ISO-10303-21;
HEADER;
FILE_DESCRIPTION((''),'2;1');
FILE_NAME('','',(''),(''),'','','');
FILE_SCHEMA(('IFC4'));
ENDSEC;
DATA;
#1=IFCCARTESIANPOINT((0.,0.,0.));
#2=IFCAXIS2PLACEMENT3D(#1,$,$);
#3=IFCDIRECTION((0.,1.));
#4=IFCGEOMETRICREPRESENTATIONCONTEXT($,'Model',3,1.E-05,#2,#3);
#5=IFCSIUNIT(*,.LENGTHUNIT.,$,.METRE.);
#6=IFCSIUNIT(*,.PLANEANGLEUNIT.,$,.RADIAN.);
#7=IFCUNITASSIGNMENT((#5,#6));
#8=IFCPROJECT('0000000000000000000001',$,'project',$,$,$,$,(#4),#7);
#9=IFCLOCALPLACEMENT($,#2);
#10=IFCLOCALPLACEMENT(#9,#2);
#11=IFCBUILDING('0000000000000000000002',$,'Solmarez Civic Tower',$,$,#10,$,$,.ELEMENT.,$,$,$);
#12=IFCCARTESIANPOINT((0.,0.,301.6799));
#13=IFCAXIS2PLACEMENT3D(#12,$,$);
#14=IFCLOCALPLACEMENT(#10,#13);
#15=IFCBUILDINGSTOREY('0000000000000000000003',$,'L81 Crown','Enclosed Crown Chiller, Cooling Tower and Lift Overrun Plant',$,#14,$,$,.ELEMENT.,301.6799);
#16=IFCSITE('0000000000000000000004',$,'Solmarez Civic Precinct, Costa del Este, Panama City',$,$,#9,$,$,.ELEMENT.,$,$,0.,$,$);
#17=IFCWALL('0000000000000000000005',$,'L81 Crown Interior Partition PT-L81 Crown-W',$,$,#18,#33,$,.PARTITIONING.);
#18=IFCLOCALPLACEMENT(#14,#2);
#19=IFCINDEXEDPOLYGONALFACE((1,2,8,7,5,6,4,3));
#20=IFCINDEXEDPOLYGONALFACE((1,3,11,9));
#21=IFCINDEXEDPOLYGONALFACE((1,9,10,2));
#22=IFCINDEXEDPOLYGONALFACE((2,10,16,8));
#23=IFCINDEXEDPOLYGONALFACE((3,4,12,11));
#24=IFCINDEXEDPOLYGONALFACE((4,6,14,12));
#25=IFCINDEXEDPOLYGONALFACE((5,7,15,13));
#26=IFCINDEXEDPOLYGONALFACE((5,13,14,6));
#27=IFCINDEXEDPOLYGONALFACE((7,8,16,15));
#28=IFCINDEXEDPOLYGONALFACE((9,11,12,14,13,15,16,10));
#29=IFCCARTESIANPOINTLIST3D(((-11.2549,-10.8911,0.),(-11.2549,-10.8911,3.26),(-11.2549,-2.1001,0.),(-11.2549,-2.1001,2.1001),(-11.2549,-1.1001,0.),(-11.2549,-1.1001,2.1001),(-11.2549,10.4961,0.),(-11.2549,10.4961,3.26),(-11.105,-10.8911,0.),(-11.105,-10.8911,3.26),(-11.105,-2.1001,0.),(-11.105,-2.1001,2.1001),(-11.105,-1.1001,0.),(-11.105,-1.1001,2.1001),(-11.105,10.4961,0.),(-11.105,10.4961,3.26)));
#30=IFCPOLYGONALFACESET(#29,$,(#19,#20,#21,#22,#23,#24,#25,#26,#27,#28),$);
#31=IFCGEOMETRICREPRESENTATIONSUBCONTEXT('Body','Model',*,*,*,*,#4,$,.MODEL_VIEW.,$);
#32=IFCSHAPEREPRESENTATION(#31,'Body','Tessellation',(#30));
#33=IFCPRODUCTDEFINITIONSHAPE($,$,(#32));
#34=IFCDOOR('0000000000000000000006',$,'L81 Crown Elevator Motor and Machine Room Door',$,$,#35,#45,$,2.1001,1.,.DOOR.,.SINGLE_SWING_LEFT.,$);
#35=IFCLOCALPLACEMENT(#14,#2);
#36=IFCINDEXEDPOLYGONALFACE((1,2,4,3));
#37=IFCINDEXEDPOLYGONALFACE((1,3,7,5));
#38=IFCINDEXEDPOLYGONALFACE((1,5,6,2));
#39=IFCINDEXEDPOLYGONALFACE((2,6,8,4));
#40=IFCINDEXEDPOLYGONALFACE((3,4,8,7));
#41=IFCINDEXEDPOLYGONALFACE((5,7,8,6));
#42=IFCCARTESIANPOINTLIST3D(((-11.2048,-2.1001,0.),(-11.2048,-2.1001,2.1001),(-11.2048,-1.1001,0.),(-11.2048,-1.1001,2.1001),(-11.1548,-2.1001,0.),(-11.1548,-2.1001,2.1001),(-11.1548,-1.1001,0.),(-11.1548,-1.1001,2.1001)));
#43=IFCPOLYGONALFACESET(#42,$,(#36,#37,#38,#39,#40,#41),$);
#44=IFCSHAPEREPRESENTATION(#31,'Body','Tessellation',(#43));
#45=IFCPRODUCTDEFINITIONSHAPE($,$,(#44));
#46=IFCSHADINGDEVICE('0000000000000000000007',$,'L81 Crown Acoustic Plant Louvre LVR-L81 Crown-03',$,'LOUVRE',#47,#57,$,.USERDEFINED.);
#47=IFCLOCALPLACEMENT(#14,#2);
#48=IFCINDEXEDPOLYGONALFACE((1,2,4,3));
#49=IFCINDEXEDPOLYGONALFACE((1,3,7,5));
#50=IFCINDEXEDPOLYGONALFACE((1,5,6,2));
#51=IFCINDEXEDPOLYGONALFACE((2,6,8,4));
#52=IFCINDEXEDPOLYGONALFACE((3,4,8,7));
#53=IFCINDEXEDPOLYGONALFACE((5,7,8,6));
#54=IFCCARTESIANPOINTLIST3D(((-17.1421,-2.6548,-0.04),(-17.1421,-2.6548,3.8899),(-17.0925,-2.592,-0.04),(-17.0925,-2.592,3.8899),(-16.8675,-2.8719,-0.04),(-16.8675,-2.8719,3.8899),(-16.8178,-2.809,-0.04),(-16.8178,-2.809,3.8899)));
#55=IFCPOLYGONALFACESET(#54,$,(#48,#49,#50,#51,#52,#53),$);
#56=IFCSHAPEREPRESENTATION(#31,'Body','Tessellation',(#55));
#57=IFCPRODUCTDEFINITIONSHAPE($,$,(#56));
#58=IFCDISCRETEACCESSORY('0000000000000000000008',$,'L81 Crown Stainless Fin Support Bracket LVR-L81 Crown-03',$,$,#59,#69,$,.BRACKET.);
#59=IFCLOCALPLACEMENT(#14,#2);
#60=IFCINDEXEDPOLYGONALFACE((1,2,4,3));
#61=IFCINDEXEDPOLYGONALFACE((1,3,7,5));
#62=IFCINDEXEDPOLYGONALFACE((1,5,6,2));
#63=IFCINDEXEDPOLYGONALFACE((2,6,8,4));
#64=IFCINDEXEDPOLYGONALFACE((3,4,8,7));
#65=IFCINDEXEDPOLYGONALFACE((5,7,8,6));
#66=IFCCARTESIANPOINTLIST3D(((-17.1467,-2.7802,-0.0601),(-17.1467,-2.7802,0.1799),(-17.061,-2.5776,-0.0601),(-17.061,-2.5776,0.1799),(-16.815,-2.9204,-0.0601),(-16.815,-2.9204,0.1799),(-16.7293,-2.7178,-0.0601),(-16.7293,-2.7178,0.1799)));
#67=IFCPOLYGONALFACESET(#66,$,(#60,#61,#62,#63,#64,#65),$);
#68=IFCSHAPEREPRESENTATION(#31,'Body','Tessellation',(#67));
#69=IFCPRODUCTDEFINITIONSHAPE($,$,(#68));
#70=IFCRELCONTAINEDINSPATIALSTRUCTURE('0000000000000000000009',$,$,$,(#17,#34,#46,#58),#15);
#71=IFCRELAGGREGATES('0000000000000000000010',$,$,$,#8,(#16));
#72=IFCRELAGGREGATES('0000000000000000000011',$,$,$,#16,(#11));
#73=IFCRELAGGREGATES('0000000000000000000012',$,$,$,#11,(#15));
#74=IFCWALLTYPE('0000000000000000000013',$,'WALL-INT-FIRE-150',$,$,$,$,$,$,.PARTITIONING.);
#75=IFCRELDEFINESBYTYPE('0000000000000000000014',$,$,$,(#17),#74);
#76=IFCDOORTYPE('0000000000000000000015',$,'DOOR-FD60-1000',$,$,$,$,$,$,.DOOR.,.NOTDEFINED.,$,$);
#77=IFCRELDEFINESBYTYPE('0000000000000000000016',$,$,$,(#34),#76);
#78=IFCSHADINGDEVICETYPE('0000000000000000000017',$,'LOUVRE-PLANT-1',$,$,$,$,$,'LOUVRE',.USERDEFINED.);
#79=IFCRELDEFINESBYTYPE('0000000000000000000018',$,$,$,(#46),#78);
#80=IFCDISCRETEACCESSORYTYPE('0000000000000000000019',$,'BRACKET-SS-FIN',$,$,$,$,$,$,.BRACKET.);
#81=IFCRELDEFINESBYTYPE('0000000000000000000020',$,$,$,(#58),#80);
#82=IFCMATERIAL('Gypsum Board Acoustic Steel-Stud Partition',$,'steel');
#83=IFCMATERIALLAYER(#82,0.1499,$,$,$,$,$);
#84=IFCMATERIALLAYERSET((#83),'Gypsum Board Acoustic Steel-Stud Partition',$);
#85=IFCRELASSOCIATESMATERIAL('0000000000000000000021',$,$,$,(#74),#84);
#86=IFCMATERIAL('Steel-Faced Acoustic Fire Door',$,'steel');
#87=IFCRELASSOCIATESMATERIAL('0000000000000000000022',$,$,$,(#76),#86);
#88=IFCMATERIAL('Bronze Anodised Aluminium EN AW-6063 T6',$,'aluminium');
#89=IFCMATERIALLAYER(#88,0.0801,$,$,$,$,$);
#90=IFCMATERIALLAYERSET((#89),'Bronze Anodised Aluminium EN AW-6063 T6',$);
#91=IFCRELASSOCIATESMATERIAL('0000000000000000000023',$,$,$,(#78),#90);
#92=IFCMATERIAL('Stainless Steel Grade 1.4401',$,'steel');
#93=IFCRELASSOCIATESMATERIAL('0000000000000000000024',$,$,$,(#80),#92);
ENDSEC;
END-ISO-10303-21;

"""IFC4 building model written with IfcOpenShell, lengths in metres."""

from ifc_helpers import new_model, si_unit, direction, frame, frame_2d, origin, origin_2d, place, context, subcontext, project, spatial, rectangle, extrude, material, layer, layer_set, type_object, element, fill, save


model = new_model("IFC4")

# Units and contexts
model_context = context("Model", 3, precision=1e-05, world=origin(), true_north=direction((0.0, 1.0)))
body_context = subcontext(model_context, "Body", "Model", "MODEL_VIEW")
ifc_project = project(units=[si_unit("LENGTHUNIT", "METRE"), si_unit("PLANEANGLEUNIT", "RADIAN")], contexts=[model_context])

# Site, building, storey
site_placement = place(None, origin())
site = spatial("IfcSite", under=ifc_project, at=site_placement, Name="Solmarez Civic Precinct, Costa del Este, Panama City", CompositionType="ELEMENT", RefElevation=0.0)
building_placement = place(site_placement, origin())
building = spatial("IfcBuilding", under=site, at=building_placement, Name="Solmarez Civic Tower", CompositionType="ELEMENT")
storey_placement = place(building_placement, frame((0.0, 0.0, 301.6799)))
storey = spatial("IfcBuildingStorey", under=building, at=storey_placement, Name="L81 Crown", Description="Enclosed Crown Chiller, Cooling Tower and Lift Overrun Plant", CompositionType="ELEMENT", Elevation=301.6799)

# Shared definitions
ifc_material_1 = material(Name="Gypsum Board Acoustic Steel-Stud Partition", Category="steel")
ifc_layer_1 = layer(ifc_material_1, 0.1499)
ifc_layer_set_1 = layer_set([ifc_layer_1], Name="Gypsum Board Acoustic Steel-Stud Partition")
wall_type_1 = type_object("IfcWallType", Name="WALL-INT-FIRE-150", PredefinedType="PARTITIONING", material=ifc_layer_set_1)

# Wall, opening, door
wall_1_placement = place(storey_placement, frame((-11.1799, -10.8911, 0.0), z_axis=(0.0, 0.0, 1.0), x_axis=(0.0, 1.0, 0.0)))
wall_1 = element("IfcWall", 1, at=wall_1_placement, inside=storey, type_object=wall_type_1, Name="L81 Crown Interior Partition PT-L81 Crown-W", PredefinedType="PARTITIONING", context=body_context, shape_type="SweptSolid", body=[
    extrude(rectangle(XDim=21.3872, YDim=0.1499, at=frame_2d((10.6936, 0.0))), origin(), (0.0, 0.0, 1.0), 3.26),
])
opening_placement = place(wall_1_placement, frame((8.791, 0.0, 0.0)))
opening = element("IfcOpeningElement", 2, at=opening_placement, cuts=wall_1, PredefinedType="OPENING", context=body_context, shape_type="SweptSolid", body=[
    extrude(rectangle(XDim=1.0, YDim=2.1001, at=frame_2d((0.5, 1.05))), frame((0.0, 0.085, 0.0), z_axis=(0.0, -1.0, 0.0), x_axis=(1.0, 0.0, 0.0)), (0.0, 0.0, 1.0), 0.1699),
])
ifc_material_2 = material(Name="Steel-Faced Acoustic Fire Door", Category="steel")
door_type = type_object("IfcDoorType", Name="DOOR-FD60-1000", OperationType="NOTDEFINED", PredefinedType="DOOR", material=ifc_material_2)
door_placement = place(opening_placement, origin())
door = element("IfcDoor", 3, at=door_placement, inside=storey, type_object=door_type, Name="L81 Crown Elevator Motor and Machine Room Door", OperationType="SINGLE_SWING_LEFT", OverallHeight=2.1001, OverallWidth=1.0, PredefinedType="DOOR", context=body_context, shape_type="SweptSolid", body=[
    extrude(rectangle(XDim=1.0, YDim=2.1001, at=frame_2d((0.5, 1.05))), frame((0.0, 0.0249, 0.0), z_axis=(0.0, -1.0, 0.0), x_axis=(1.0, 0.0, 0.0)), (0.0, 0.0, 1.0), 0.05),
])
fill(opening, door)

# Shading device
ifc_material_3 = material(Name="Bronze Anodised Aluminium EN AW-6063 T6", Category="aluminium")
ifc_layer_2 = layer(ifc_material_3, 0.0801)
ifc_layer_set_2 = layer_set([ifc_layer_2], Name="Bronze Anodised Aluminium EN AW-6063 T6")
shading_device_type = type_object("IfcShadingDeviceType", Name="LOUVRE-PLANT-1", ElementType="LOUVRE", PredefinedType="USERDEFINED", material=ifc_layer_set_2)
shading_device_placement = place(storey_placement, frame((-16.98, -2.7319, -0.04), z_axis=(0.0, 0.0, 1.0), x_axis=(-0.784614, 0.619984, 0.0)))
element("IfcShadingDevice", 4, at=shading_device_placement, inside=storey, type_object=shading_device_type, Name="L81 Crown Acoustic Plant Louvre LVR-L81 Crown-03", ObjectType="LOUVRE", PredefinedType="USERDEFINED", context=body_context, shape_type="SweptSolid", body=[
    extrude(rectangle(XDim=0.3501, YDim=0.0801, at=origin_2d()), origin(), (0.0, 0.0, 1.0), 3.9299),
])

# Discrete accessory
ifc_material_4 = material(Name="Stainless Steel Grade 1.4401", Category="steel")
discrete_accessory_type = type_object("IfcDiscreteAccessoryType", Name="BRACKET-SS-FIN", PredefinedType="BRACKET", material=ifc_material_4)
discrete_accessory_placement = place(storey_placement, frame((-16.938, -2.749, -0.0601), z_axis=(0.0, 0.0, 1.0), x_axis=(-0.921081, 0.38937, 0.0)))
element("IfcDiscreteAccessory", 5, at=discrete_accessory_placement, inside=storey, type_object=discrete_accessory_type, Name="L81 Crown Stainless Fin Support Bracket LVR-L81 Crown-03", PredefinedType="BRACKET", context=body_context, shape_type="SweptSolid", body=[
    extrude(rectangle(XDim=0.3601, YDim=0.22, at=origin_2d()), origin(), (0.0, 0.0, 1.0), 0.24),
])

save(model, "model.ifc")
